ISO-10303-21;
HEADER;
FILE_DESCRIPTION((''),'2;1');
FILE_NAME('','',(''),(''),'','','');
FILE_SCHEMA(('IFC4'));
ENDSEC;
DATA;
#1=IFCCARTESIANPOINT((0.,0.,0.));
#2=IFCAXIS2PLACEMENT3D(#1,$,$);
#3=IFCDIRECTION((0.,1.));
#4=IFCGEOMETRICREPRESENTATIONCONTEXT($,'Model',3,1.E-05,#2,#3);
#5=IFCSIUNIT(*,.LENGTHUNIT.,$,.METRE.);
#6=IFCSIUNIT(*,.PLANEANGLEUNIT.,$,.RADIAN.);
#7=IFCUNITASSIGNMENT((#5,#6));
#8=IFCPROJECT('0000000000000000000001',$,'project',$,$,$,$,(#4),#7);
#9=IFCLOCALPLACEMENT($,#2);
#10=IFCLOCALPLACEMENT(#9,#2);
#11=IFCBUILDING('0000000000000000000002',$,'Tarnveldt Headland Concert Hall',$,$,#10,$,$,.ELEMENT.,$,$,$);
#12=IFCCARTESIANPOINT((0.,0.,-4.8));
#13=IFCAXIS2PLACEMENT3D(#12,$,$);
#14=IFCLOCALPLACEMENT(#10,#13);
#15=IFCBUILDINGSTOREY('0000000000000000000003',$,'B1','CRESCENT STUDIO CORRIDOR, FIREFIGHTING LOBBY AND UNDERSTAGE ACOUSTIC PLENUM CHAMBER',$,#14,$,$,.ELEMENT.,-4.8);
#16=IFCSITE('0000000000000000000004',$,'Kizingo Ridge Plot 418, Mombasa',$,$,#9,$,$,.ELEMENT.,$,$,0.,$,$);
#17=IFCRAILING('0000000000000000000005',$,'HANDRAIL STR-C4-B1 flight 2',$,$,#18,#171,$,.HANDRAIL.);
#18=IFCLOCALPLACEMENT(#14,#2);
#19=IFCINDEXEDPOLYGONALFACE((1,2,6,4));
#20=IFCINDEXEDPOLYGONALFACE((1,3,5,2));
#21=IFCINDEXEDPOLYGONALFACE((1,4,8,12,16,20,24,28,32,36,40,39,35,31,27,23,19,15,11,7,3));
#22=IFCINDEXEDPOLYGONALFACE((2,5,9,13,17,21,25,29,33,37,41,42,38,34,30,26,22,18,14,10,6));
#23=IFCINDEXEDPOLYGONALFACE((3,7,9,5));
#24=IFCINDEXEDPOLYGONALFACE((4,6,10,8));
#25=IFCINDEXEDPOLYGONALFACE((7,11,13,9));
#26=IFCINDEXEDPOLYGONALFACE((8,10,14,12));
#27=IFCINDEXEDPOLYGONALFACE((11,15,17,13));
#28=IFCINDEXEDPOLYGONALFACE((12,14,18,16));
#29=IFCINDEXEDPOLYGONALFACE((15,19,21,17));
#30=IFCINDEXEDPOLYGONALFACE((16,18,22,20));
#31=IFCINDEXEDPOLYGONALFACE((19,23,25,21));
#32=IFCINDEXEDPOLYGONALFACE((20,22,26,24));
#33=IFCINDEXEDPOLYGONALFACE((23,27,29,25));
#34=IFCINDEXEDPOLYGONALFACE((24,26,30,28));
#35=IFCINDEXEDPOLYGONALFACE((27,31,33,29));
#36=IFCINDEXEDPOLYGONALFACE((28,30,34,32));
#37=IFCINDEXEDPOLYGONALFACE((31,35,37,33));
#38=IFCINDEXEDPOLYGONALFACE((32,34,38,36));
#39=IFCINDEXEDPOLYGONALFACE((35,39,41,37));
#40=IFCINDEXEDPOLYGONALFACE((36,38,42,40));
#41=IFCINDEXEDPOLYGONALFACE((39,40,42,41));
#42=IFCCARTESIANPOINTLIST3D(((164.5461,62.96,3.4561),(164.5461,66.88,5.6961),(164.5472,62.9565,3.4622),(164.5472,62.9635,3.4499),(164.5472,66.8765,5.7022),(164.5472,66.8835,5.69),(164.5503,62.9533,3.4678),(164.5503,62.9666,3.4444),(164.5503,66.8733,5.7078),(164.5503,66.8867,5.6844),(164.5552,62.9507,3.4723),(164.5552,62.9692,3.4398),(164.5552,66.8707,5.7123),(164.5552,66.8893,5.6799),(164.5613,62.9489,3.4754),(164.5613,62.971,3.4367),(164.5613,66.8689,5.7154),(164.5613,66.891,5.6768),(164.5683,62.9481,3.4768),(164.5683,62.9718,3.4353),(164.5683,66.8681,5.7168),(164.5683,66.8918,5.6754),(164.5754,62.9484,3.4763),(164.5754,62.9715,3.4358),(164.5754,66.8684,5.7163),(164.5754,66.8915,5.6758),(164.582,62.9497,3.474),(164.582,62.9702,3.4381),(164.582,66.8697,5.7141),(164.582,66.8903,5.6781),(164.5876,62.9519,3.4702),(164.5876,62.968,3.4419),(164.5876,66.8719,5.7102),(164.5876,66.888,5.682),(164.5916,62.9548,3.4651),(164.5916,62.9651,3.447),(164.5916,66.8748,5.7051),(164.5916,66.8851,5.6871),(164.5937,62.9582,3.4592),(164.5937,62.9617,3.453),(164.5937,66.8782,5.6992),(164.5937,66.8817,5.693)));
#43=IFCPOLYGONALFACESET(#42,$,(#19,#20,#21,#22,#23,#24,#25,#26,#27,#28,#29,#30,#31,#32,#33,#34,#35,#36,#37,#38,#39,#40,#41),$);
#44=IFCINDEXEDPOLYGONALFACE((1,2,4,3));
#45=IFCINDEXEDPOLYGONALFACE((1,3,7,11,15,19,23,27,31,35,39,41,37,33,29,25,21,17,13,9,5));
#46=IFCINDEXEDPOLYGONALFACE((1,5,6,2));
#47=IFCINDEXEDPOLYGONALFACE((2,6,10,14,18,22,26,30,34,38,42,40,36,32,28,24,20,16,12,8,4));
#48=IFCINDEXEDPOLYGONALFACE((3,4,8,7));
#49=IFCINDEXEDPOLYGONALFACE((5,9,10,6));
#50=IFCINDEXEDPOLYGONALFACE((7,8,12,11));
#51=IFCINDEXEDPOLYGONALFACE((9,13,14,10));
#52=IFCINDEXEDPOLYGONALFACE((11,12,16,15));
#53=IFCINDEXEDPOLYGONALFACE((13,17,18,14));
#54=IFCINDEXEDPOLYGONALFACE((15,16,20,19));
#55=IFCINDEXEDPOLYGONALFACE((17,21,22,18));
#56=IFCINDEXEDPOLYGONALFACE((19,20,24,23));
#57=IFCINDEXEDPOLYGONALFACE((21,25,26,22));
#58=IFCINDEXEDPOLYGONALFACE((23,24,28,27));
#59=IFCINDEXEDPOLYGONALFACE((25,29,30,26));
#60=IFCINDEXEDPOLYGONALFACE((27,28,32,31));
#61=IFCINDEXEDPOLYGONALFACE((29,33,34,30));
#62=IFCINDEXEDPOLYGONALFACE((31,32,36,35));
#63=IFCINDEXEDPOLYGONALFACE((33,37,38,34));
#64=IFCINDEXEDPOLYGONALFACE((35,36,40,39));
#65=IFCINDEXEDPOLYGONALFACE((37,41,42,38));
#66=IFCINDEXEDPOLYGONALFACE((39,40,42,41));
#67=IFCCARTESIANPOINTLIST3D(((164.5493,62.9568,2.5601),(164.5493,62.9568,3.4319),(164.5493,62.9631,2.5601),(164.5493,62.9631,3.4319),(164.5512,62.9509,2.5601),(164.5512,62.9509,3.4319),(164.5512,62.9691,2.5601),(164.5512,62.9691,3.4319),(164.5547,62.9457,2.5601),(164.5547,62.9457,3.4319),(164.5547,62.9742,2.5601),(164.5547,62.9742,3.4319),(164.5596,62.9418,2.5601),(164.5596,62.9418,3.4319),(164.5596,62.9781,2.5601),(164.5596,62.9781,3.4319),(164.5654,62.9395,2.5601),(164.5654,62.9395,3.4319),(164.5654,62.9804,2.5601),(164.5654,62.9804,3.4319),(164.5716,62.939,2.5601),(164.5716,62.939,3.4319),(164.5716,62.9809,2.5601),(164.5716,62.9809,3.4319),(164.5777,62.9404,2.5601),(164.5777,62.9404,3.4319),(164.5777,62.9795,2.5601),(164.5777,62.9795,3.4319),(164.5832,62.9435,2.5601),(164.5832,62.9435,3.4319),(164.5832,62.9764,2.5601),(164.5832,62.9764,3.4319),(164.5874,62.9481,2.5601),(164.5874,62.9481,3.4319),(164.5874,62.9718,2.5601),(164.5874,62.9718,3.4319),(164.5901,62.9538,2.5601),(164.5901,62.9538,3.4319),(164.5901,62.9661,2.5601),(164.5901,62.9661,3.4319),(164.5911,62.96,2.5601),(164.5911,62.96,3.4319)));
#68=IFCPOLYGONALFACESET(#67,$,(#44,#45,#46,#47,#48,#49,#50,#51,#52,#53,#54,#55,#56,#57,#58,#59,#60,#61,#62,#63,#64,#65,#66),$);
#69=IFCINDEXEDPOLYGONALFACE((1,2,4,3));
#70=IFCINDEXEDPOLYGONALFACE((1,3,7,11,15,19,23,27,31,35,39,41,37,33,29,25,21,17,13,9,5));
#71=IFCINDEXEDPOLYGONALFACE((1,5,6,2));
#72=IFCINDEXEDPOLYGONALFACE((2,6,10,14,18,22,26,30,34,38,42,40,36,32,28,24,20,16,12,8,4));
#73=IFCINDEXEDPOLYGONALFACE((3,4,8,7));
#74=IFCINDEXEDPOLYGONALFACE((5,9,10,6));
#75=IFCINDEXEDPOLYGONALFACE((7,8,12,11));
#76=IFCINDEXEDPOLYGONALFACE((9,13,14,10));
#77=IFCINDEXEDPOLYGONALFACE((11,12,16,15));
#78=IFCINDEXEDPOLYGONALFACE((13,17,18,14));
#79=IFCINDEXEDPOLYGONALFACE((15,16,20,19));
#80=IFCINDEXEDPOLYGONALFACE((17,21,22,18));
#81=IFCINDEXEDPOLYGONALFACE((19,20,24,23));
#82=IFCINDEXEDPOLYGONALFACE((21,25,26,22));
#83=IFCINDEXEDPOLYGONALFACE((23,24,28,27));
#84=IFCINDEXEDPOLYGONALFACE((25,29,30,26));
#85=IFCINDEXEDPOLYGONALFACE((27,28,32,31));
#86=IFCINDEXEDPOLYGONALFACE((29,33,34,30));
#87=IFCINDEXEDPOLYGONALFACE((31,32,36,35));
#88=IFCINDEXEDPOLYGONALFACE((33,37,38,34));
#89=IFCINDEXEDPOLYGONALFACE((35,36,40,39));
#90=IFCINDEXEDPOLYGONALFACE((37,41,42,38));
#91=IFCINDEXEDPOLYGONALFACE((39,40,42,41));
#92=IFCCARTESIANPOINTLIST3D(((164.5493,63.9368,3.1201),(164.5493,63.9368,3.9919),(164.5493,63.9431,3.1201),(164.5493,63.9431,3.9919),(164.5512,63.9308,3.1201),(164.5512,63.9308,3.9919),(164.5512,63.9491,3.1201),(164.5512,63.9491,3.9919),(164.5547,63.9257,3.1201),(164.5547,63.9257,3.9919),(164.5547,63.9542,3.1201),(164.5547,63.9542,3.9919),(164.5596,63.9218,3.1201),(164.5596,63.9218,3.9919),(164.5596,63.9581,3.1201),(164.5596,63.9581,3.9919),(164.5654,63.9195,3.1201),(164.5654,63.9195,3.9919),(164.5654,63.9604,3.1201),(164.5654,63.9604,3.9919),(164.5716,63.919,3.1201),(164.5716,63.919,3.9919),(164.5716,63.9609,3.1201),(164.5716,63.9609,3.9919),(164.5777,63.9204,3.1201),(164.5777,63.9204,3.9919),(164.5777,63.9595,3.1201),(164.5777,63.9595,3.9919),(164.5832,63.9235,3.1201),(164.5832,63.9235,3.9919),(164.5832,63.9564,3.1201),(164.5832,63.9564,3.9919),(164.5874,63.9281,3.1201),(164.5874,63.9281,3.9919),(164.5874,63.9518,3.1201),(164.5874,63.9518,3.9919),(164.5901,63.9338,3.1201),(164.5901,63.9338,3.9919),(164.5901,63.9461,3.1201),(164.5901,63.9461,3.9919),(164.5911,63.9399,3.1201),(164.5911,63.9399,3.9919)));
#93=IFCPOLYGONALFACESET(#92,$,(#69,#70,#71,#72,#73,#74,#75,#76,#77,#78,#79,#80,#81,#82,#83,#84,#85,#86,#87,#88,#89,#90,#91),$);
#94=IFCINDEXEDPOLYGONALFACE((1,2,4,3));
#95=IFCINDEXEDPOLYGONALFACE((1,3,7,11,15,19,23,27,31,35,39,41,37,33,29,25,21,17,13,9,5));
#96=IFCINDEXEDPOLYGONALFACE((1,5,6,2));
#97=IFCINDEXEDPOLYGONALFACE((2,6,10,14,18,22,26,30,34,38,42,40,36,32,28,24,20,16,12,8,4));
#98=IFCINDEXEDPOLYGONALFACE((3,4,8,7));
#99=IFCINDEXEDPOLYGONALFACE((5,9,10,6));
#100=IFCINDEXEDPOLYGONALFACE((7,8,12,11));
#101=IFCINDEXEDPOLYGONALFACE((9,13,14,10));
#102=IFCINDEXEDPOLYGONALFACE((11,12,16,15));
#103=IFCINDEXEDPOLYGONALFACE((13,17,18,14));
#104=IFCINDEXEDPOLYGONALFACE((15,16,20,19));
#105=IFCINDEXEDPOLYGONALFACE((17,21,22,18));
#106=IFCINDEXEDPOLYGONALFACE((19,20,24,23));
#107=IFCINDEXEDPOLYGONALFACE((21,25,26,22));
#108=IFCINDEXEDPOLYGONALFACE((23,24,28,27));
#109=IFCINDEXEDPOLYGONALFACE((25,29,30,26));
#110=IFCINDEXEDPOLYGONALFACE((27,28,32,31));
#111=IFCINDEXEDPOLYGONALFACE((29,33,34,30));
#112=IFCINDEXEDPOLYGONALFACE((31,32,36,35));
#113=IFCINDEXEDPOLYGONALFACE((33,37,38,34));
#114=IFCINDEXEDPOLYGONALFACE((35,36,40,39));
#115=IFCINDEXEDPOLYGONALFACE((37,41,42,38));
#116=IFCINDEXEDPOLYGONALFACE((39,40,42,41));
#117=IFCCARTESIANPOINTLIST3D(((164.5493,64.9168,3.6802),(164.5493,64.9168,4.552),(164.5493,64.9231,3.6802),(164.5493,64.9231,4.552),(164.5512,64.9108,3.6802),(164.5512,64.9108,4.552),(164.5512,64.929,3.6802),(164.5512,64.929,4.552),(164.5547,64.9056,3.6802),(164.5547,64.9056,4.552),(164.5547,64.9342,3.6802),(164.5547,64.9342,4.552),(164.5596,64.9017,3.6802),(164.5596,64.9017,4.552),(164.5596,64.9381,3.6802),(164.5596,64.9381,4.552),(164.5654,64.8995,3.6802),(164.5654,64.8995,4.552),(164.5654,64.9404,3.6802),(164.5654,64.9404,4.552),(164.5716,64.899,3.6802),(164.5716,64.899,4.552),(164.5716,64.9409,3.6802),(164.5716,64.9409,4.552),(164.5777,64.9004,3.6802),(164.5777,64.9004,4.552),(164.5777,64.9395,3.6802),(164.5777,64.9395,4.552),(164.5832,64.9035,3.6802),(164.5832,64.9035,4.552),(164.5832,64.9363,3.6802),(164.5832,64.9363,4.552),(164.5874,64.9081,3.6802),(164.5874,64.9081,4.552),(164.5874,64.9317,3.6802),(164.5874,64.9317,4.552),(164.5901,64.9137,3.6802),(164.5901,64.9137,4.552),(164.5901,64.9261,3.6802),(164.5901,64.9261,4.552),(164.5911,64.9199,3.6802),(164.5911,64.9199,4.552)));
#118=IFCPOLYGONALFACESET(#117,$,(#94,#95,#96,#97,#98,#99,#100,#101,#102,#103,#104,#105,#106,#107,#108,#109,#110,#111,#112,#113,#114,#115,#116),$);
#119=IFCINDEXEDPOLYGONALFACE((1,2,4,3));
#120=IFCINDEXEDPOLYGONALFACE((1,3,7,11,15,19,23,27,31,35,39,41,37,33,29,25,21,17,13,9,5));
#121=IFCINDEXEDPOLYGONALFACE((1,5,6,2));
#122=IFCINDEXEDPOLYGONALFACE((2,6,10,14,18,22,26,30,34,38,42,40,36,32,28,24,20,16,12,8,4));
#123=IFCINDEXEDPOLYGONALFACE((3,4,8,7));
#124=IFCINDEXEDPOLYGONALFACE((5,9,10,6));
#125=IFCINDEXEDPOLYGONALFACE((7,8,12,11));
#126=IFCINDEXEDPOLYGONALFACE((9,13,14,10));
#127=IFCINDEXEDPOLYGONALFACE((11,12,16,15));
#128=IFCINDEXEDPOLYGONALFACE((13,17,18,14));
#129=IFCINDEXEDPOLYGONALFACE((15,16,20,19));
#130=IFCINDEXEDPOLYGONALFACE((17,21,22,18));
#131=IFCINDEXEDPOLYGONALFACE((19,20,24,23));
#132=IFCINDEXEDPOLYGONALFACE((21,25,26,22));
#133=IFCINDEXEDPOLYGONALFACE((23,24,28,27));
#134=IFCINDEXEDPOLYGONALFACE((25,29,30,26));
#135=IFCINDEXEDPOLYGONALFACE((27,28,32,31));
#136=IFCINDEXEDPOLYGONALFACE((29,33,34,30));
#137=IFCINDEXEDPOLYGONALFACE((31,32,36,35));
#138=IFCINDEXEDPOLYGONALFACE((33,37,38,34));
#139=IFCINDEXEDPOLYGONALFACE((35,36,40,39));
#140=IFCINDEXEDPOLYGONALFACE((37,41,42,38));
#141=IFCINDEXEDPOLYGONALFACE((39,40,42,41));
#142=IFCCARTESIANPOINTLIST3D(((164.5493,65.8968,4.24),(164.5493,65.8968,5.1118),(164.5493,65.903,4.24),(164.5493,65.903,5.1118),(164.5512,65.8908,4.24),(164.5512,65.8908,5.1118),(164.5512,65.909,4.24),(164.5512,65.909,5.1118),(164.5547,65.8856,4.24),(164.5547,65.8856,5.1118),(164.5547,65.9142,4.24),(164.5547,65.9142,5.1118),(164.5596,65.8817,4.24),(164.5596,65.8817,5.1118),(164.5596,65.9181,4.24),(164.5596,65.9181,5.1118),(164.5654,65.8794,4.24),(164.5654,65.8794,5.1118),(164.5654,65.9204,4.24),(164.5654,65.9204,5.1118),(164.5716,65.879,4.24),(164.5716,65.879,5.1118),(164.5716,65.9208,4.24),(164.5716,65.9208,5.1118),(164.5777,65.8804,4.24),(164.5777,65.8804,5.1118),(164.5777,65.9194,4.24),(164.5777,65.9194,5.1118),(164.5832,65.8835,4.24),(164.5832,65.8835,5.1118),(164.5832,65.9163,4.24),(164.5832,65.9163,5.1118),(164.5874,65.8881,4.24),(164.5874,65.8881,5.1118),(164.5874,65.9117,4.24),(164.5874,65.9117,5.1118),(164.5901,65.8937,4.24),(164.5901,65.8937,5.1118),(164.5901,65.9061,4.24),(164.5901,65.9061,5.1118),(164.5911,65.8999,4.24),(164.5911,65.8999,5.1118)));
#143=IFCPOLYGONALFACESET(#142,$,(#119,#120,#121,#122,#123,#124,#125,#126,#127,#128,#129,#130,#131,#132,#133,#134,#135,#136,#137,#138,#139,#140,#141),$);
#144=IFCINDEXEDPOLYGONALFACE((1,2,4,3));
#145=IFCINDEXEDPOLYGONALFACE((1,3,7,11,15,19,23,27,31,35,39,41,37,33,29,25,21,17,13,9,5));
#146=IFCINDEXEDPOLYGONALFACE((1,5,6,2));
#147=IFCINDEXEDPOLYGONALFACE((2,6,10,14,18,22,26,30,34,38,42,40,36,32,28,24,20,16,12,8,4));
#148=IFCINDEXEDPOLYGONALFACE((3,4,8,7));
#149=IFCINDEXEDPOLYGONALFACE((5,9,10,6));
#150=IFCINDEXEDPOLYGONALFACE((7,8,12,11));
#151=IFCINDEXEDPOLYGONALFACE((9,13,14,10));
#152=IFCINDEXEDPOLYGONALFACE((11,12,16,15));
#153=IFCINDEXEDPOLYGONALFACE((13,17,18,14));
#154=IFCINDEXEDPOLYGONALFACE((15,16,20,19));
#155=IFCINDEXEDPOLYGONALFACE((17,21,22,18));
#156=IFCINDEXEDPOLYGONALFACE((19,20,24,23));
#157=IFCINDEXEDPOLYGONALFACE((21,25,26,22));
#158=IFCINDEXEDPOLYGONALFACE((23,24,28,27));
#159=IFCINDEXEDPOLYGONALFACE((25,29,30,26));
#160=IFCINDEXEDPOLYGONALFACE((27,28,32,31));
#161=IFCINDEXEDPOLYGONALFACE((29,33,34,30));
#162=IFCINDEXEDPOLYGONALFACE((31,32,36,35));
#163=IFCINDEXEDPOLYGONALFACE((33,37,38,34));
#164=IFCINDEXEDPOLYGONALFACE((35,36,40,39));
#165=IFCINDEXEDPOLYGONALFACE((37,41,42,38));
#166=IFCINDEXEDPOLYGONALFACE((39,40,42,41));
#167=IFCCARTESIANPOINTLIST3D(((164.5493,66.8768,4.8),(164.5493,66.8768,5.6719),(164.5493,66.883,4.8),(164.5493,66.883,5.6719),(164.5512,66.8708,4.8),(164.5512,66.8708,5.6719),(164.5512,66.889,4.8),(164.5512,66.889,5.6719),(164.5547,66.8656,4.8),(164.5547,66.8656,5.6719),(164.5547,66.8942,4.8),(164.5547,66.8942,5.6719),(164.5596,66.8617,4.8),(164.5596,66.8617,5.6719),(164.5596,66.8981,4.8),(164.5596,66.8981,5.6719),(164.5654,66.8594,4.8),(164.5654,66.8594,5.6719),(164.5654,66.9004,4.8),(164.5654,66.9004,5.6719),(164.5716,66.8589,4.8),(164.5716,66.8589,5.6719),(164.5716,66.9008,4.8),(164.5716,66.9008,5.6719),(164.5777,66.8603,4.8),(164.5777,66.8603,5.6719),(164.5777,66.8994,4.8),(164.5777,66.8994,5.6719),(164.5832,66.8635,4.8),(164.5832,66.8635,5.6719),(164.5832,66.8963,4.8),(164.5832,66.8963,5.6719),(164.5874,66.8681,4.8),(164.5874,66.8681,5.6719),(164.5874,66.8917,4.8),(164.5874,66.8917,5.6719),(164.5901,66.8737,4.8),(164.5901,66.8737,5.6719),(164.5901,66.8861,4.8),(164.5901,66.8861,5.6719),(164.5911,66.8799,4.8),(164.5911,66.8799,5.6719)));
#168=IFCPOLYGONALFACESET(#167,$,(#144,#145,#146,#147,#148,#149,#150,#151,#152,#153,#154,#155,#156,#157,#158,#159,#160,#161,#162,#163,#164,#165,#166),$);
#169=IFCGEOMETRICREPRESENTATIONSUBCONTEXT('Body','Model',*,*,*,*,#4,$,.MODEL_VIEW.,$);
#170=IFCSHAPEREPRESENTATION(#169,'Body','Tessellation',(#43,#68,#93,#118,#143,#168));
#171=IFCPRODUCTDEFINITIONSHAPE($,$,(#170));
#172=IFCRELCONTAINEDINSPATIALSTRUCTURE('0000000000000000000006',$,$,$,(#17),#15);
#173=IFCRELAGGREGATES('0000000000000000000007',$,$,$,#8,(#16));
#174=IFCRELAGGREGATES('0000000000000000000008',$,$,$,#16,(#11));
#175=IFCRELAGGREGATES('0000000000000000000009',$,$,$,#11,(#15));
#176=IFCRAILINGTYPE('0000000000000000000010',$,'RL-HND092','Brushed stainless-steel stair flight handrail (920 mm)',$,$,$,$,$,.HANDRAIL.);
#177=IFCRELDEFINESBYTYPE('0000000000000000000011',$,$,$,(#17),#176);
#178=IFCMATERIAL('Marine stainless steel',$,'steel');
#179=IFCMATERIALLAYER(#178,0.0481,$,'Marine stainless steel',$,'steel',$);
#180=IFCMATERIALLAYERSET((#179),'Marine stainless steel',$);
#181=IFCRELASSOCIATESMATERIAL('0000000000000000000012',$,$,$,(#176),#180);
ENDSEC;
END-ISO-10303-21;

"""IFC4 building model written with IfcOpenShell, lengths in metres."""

from ifc_helpers import new_model, si_unit, direction, frame, origin, origin_2d, place, context, subcontext, project, spatial, circle, extrude, material, layer, layer_set, type_object, element, save


model = new_model("IFC4")

# Units and contexts
model_context = context("Model", 3, precision=1e-05, world=origin(), true_north=direction((0.0, 1.0)))
body_context = subcontext(model_context, "Body", "Model", "MODEL_VIEW")
ifc_project = project(units=[si_unit("LENGTHUNIT", "METRE"), si_unit("PLANEANGLEUNIT", "RADIAN")], contexts=[model_context])

# Site, building, storey
site_placement = place(None, origin())
site = spatial("IfcSite", under=ifc_project, at=site_placement, Name="Kizingo Ridge Plot 418, Mombasa", CompositionType="ELEMENT", RefElevation=0.0)
building_placement = place(site_placement, origin())
building = spatial("IfcBuilding", under=site, at=building_placement, Name="Tarnveldt Headland Concert Hall", CompositionType="ELEMENT")
storey_placement = place(building_placement, frame((0.0, 0.0, -4.8)))
storey = spatial("IfcBuildingStorey", under=building, at=storey_placement, Name="B1", Description="CRESCENT STUDIO CORRIDOR, FIREFIGHTING LOBBY AND UNDERSTAGE ACOUSTIC PLENUM CHAMBER", CompositionType="ELEMENT", Elevation=-4.8)

# Railing
ifc_material_1 = material(Name="Marine stainless steel", Category="steel")
ifc_layer_1 = layer(ifc_material_1, 0.0481, Name="Marine stainless steel", Category="steel")
ifc_layer_set_1 = layer_set([ifc_layer_1], Name="Marine stainless steel")
railing_type_1 = type_object("IfcRailingType", Name="RL-HND092", Description="Brushed stainless-steel stair flight handrail (920 mm)", PredefinedType="HANDRAIL", material=ifc_layer_set_1)
railing_1_placement = place(storey_placement, frame((164.5701, 62.96, 2.5601)))
element("IfcRailing", 1, at=railing_1_placement, inside=storey, type_object=railing_type_1, Name="HANDRAIL STR-C4-B1 flight 2", PredefinedType="HANDRAIL", context=body_context, shape_type="SweptSolid", body=[
    extrude(circle(Radius=0.0239, at=origin_2d()), frame((0.0, 0.0, 0.896), z_axis=(0.0, 0.86824, 0.496145), x_axis=(-1.0, 0.0, 0.0)), (0.0, 0.0, 1.0), 4.5149),
    extrude(circle(Radius=0.021, at=origin_2d()), origin(), (0.0, 0.0, 1.0), 0.8718),
    extrude(circle(Radius=0.021, at=origin_2d()), frame((0.0, 0.98, 0.5601)), (0.0, 0.0, 1.0), 0.8718),
    extrude(circle(Radius=0.021, at=origin_2d()), frame((0.0, 1.96, 1.1201)), (0.0, 0.0, 1.0), 0.8718),
    extrude(circle(Radius=0.021, at=origin_2d()), frame((0.0, 2.9399, 1.6799)), (0.0, 0.0, 1.0), 0.8718),
    extrude(circle(Radius=0.021, at=origin_2d()), frame((0.0, 3.9199, 2.24)), (0.0, 0.0, 1.0), 0.8718),
])

save(model, "model.ifc")
